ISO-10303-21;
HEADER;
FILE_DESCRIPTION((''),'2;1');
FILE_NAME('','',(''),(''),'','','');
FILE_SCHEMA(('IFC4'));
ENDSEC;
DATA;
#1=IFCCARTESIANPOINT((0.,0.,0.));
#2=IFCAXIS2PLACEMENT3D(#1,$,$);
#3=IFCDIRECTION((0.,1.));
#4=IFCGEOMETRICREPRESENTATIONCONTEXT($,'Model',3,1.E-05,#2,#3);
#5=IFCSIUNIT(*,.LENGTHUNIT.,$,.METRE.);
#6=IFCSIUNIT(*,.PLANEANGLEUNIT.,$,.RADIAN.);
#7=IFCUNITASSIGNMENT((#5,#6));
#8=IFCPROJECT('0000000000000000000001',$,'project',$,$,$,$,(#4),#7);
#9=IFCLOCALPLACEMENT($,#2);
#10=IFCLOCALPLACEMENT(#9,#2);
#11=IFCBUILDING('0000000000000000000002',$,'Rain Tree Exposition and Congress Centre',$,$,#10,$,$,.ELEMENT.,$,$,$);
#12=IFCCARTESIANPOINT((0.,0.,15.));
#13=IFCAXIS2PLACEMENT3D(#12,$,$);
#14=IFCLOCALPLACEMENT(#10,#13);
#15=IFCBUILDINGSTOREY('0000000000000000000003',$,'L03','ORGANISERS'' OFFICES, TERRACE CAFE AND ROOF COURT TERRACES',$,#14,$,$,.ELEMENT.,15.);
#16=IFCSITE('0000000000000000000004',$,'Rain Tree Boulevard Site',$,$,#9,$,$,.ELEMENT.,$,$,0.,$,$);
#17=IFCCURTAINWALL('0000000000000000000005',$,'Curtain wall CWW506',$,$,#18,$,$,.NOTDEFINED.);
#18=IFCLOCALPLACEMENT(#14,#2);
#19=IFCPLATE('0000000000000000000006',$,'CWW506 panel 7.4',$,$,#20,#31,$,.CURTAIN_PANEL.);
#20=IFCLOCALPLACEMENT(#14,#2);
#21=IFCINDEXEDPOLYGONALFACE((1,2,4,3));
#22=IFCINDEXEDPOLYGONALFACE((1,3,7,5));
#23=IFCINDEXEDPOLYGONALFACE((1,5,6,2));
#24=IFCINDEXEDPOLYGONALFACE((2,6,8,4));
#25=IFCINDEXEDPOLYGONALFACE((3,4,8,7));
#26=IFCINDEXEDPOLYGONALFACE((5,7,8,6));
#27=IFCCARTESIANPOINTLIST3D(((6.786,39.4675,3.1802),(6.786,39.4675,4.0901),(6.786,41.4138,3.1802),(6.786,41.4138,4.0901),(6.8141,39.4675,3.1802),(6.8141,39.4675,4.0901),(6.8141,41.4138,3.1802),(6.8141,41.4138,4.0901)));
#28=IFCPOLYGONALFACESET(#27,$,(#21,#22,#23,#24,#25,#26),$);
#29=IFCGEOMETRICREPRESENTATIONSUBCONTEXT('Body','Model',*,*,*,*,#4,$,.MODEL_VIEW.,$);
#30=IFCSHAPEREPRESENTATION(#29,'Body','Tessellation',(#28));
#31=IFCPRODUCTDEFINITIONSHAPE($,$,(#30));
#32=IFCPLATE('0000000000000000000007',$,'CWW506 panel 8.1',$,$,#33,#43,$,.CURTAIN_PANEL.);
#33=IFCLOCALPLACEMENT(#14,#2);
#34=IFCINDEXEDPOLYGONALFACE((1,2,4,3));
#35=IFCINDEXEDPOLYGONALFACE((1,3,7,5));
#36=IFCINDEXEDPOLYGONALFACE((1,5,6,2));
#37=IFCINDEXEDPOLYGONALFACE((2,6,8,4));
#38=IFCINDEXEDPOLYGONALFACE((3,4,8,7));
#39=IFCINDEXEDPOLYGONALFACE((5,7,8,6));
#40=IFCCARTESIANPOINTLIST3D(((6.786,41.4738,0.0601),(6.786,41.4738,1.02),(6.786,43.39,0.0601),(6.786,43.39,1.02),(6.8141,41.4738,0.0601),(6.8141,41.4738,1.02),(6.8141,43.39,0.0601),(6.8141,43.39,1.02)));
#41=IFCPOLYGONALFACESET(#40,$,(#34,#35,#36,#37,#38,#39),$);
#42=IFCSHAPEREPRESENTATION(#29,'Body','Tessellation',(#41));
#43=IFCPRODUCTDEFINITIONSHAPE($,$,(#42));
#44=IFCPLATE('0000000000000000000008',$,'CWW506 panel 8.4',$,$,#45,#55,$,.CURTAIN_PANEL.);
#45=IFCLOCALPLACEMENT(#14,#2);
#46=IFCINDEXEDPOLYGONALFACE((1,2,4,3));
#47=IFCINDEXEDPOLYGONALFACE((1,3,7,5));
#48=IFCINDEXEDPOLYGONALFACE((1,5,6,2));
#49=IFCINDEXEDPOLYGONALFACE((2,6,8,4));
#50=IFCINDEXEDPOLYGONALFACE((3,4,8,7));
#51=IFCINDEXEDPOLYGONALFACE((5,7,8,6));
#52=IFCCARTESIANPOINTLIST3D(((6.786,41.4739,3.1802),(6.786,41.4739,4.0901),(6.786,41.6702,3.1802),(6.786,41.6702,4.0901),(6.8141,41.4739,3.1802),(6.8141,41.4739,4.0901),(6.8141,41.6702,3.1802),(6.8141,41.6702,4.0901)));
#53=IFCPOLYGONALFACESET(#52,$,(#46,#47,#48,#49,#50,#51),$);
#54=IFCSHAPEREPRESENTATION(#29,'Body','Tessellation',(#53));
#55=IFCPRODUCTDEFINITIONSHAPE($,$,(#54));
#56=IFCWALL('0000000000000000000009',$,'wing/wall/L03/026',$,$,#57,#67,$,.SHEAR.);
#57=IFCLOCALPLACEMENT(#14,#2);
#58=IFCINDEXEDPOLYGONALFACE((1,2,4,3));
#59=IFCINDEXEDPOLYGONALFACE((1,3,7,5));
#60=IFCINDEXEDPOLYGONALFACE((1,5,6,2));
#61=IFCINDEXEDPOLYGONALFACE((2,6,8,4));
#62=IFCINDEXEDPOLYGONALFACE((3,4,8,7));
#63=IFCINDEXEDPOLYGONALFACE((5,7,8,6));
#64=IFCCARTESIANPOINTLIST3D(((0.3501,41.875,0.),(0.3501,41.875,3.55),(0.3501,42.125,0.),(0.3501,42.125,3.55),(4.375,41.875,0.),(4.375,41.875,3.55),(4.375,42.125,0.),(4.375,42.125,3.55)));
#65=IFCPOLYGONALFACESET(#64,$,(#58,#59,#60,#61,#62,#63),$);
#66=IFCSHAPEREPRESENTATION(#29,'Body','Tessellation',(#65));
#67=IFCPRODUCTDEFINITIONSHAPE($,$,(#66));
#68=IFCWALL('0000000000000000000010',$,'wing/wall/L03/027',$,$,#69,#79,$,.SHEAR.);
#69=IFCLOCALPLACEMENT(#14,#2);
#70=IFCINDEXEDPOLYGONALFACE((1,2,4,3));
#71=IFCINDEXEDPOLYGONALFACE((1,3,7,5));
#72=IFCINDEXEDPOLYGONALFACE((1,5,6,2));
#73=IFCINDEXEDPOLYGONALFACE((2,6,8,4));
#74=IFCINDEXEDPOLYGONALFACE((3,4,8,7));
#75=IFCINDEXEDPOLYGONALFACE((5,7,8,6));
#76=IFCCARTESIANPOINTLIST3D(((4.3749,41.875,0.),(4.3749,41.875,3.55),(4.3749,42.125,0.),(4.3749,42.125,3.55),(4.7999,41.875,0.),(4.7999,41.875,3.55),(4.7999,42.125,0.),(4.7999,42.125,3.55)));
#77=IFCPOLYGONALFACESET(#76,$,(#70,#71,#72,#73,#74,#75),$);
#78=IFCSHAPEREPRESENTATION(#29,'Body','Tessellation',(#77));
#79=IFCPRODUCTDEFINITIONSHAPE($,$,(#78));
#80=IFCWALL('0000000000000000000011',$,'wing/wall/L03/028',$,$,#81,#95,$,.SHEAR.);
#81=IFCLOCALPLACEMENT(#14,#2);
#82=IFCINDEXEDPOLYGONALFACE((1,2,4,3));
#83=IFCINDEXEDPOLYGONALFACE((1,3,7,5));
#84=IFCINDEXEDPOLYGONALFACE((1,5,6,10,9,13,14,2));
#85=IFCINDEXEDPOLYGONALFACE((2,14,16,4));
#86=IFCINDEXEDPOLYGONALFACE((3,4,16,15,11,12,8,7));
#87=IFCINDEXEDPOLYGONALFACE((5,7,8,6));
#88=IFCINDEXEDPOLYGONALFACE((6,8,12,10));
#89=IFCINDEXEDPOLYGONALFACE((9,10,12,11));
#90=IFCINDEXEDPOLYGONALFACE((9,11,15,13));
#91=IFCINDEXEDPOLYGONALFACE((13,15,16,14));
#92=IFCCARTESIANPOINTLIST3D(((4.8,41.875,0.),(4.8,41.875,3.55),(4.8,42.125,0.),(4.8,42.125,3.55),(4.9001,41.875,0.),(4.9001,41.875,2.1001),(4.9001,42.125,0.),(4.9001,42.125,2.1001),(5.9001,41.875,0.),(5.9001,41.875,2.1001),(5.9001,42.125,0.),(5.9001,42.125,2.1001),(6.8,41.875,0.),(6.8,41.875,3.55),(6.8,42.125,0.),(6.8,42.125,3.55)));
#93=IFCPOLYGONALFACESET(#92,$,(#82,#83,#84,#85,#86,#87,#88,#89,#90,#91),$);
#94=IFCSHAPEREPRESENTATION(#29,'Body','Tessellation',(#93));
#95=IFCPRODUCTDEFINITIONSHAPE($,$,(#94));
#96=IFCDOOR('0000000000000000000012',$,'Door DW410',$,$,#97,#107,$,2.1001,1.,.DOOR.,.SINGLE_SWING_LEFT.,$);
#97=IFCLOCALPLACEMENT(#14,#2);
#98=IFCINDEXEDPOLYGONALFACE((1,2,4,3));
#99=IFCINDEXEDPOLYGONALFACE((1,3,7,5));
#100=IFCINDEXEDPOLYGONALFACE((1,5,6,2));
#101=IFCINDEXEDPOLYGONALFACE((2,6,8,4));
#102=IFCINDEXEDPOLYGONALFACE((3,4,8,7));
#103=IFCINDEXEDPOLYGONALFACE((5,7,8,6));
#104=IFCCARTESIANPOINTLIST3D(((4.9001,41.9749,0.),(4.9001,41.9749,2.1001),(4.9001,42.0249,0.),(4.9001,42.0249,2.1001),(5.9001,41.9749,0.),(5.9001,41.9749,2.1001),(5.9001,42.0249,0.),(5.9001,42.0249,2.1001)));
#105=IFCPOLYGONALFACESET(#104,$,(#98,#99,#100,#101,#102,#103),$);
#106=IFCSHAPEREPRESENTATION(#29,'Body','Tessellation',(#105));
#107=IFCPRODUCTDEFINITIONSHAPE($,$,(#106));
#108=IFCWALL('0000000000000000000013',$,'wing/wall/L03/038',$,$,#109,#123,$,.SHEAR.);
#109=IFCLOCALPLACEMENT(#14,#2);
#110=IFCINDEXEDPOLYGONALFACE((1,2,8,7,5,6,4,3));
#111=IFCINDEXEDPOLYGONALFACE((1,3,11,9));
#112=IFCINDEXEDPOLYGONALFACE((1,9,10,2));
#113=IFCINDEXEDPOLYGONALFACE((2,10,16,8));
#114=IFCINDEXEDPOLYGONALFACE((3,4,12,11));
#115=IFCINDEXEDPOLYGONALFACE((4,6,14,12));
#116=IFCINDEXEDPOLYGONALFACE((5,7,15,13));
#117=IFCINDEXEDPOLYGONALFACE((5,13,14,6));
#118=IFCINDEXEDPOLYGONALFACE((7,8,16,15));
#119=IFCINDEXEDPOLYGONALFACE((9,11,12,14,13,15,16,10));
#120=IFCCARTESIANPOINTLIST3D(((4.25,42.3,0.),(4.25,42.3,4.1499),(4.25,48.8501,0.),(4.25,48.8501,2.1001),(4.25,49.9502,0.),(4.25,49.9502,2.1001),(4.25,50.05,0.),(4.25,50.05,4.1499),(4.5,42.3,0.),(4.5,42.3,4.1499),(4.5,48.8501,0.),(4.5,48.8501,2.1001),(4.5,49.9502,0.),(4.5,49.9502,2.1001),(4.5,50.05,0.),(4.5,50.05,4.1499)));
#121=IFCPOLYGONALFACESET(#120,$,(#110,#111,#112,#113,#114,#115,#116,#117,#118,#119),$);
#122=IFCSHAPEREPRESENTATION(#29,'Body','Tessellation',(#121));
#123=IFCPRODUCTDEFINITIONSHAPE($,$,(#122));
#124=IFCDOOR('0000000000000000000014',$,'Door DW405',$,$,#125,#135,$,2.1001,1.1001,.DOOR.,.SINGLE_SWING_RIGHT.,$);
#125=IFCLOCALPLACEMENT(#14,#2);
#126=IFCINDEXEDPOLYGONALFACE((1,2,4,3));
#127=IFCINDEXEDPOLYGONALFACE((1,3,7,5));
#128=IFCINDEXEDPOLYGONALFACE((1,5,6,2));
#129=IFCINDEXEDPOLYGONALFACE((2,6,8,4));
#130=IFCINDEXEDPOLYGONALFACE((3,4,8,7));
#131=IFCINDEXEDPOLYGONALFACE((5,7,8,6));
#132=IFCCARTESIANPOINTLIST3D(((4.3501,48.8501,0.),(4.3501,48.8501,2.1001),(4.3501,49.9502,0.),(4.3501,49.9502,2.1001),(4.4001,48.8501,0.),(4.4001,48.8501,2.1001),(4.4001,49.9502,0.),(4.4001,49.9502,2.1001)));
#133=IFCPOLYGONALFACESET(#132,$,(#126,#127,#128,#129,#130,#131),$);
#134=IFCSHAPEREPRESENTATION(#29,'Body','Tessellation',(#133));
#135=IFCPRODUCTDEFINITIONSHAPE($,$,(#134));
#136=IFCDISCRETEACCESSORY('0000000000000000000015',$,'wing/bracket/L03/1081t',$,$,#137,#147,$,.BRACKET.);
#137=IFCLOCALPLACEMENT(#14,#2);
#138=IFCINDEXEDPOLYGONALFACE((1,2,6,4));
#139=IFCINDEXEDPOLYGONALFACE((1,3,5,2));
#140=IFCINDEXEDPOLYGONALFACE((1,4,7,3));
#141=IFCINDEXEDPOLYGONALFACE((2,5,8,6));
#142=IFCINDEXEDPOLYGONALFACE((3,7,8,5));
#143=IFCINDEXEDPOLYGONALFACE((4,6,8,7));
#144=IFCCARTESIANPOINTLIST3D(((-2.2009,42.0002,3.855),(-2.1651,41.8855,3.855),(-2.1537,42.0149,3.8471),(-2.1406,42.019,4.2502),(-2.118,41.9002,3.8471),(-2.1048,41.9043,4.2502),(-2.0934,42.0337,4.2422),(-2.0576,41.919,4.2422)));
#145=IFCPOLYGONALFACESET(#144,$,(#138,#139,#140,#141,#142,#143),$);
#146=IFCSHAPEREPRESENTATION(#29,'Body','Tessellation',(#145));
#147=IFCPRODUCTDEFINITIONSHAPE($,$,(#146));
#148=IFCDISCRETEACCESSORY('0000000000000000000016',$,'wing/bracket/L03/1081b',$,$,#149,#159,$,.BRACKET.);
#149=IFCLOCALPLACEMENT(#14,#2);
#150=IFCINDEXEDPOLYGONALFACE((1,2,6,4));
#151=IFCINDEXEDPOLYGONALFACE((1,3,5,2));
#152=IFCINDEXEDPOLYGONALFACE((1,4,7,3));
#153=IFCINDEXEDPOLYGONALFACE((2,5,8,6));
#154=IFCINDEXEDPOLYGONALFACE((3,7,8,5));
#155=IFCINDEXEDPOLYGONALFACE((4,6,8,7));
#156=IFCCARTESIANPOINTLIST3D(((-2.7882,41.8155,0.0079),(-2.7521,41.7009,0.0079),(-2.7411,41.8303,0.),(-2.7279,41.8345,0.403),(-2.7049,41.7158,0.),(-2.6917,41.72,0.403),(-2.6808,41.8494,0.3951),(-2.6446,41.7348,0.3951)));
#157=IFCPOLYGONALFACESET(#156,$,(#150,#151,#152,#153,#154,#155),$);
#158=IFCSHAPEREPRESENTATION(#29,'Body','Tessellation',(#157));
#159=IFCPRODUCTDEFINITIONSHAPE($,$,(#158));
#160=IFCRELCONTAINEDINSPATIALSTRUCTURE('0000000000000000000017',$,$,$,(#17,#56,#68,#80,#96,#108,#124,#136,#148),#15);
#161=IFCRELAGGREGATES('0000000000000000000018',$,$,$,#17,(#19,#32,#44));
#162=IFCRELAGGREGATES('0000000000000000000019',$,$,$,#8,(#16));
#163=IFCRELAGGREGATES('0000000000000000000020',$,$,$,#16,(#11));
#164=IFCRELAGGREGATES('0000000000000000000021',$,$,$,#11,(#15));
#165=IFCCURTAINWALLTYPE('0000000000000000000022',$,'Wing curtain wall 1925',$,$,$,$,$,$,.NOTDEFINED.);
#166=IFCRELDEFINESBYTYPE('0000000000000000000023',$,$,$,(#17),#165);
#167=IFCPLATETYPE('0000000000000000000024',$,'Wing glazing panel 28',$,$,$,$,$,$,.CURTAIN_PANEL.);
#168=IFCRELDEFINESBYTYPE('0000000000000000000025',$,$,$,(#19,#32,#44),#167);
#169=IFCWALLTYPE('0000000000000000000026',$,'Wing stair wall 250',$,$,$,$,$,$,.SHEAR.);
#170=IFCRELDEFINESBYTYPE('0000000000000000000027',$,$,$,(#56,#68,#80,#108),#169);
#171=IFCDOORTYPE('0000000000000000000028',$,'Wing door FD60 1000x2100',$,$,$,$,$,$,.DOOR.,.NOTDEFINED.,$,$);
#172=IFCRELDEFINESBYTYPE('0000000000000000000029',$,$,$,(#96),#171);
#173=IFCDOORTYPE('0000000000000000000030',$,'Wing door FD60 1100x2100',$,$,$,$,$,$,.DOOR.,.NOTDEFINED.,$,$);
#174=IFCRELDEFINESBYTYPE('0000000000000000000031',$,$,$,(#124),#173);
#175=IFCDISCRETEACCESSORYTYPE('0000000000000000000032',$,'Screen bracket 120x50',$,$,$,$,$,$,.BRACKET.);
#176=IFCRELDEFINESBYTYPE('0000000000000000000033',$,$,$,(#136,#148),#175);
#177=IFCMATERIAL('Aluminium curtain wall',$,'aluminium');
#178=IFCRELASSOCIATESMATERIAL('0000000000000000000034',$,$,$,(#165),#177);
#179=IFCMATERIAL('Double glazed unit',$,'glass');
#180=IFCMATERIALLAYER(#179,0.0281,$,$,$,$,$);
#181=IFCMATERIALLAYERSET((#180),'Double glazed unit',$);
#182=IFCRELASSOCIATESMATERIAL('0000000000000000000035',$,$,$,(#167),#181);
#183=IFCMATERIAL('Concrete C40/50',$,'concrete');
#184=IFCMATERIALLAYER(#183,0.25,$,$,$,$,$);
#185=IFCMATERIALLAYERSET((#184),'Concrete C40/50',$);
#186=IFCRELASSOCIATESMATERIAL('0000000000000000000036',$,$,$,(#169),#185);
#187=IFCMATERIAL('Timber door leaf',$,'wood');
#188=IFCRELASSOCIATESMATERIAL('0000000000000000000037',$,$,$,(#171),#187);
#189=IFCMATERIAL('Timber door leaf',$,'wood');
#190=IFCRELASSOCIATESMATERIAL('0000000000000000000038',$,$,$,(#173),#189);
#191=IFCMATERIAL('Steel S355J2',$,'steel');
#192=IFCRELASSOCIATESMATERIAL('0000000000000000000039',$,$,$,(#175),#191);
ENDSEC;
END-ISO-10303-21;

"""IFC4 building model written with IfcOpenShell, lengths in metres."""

from ifc_helpers import new_model, si_unit, direction, frame, frame_2d, origin, origin_2d, place, context, subcontext, project, spatial, rectangle, extrude, material, layer, layer_set, material_profile, profile_set, type_object, element, fill, aggregate, save


model = new_model("IFC4")

# Units and contexts
model_context = context("Model", 3, precision=1e-05, world=origin(), true_north=direction((0.0, 1.0)))
body_context = subcontext(model_context, "Body", "Model", "MODEL_VIEW")
ifc_project = project(units=[si_unit("LENGTHUNIT", "METRE"), si_unit("PLANEANGLEUNIT", "RADIAN")], contexts=[model_context])

# Site, building, storey
site_placement = place(None, origin())
site = spatial("IfcSite", under=ifc_project, at=site_placement, Name="Rain Tree Boulevard Site", CompositionType="ELEMENT", RefElevation=0.0)
building_placement = place(site_placement, origin())
building = spatial("IfcBuilding", under=site, at=building_placement, Name="Rain Tree Exposition and Congress Centre", CompositionType="ELEMENT")
storey_placement = place(building_placement, frame((0.0, 0.0, 15.0)))
storey = spatial("IfcBuildingStorey", under=building, at=storey_placement, Name="L03", Description="ORGANISERS' OFFICES, TERRACE CAFE AND ROOF COURT TERRACES", CompositionType="ELEMENT", Elevation=15.0)

# Shared definitions
ifc_material_1 = material(Name="Aluminium curtain wall", Category="aluminium")
curtain_wall_type = type_object("IfcCurtainWallType", Name="Wing curtain wall 1925", PredefinedType="NOTDEFINED", material=ifc_material_1)

# Curtain wall
curtain_wall_1_placement = place(storey_placement, origin())
curtain_wall_1 = element("IfcCurtainWall", 1, at=curtain_wall_1_placement, inside=storey, type_object=curtain_wall_type, Name="Curtain wall CWW506", PredefinedType="NOTDEFINED")

# Plates
ifc_material_2 = material(Name="Double glazed unit", Category="glass")
ifc_layer_1 = layer(ifc_material_2, 0.0281)
ifc_layer_set_1 = layer_set([ifc_layer_1], Name="Double glazed unit")
plate_type = type_object("IfcPlateType", Name="Wing glazing panel 28", PredefinedType="CURTAIN_PANEL", material=ifc_layer_set_1)
plate_1_placement = place(storey_placement, frame((6.8, 40.4407, 3.1802), z_axis=(0.0, 0.0, 1.0), x_axis=(0.0, 1.0, 0.0)))
plate_1 = element("IfcPlate", 2, at=plate_1_placement, type_object=plate_type, Name="CWW506 panel 7.4", PredefinedType="CURTAIN_PANEL", context=body_context, shape_type="SweptSolid", body=[
    extrude(rectangle(XDim=1.9463, YDim=0.0281, at=origin_2d()), origin(), (0.0, 0.0, 1.0), 0.9099),
])
plate_2_placement = place(storey_placement, frame((6.8, 42.4319, 0.0601), z_axis=(0.0, 0.0, 1.0), x_axis=(0.0, 1.0, 0.0)))
plate_2 = element("IfcPlate", 3, at=plate_2_placement, type_object=plate_type, Name="CWW506 panel 8.1", PredefinedType="CURTAIN_PANEL", context=body_context, shape_type="SweptSolid", body=[
    extrude(rectangle(XDim=1.9163, YDim=0.0281, at=origin_2d()), origin(), (0.0, 0.0, 1.0), 0.96),
])
plate_3_placement = place(storey_placement, frame((6.8, 41.572, 3.1802), z_axis=(0.0, 0.0, 1.0), x_axis=(0.0, 1.0, 0.0)))
plate_3 = element("IfcPlate", 4, at=plate_3_placement, type_object=plate_type, Name="CWW506 panel 8.4", PredefinedType="CURTAIN_PANEL", context=body_context, shape_type="SweptSolid", body=[
    extrude(rectangle(XDim=0.1963, YDim=0.0281, at=origin_2d()), origin(), (0.0, 0.0, 1.0), 0.9099),
])
aggregate(curtain_wall_1, [plate_1, plate_2, plate_3])

# Walls
ifc_material_3 = material(Name="Concrete C40/50", Category="concrete")
ifc_layer_2 = layer(ifc_material_3, 0.25)
ifc_layer_set_2 = layer_set([ifc_layer_2], Name="Concrete C40/50")
wall_type_1 = type_object("IfcWallType", Name="Wing stair wall 250", PredefinedType="SHEAR", material=ifc_layer_set_2)
wall_1_placement = place(storey_placement, frame((0.3501, 42.0, 0.0), z_axis=(0.0, 0.0, 1.0), x_axis=(1.0, 0.0, 0.0)))
element("IfcWall", 5, at=wall_1_placement, inside=storey, type_object=wall_type_1, Name="wing/wall/L03/026", PredefinedType="SHEAR", context=body_context, shape_type="SweptSolid", body=[
    extrude(rectangle(XDim=4.0249, YDim=0.25, at=frame_2d((2.0125, 0.0))), origin(), (0.0, 0.0, 1.0), 3.55),
])
wall_2_placement = place(storey_placement, frame((4.375, 42.0, 0.0), z_axis=(0.0, 0.0, 1.0), x_axis=(1.0, 0.0, 0.0)))
element("IfcWall", 6, at=wall_2_placement, inside=storey, type_object=wall_type_1, Name="wing/wall/L03/027", PredefinedType="SHEAR", context=body_context, shape_type="SweptSolid", body=[
    extrude(rectangle(XDim=0.425, YDim=0.25, at=frame_2d((0.2124, 0.0))), origin(), (0.0, 0.0, 1.0), 3.55),
])

# Walls, openings, doors
wall_3_placement = place(storey_placement, frame((4.8, 42.0, 0.0), z_axis=(0.0, 0.0, 1.0), x_axis=(1.0, 0.0, 0.0)))
wall_3 = element("IfcWall", 7, at=wall_3_placement, inside=storey, type_object=wall_type_1, Name="wing/wall/L03/028", PredefinedType="SHEAR", context=body_context, shape_type="SweptSolid", body=[
    extrude(rectangle(XDim=2.0, YDim=0.25, at=frame_2d((1.0, 0.0))), origin(), (0.0, 0.0, 1.0), 3.55),
])
opening_1_placement = place(wall_3_placement, frame((0.1001, 0.0, 0.0)))
opening_1 = element("IfcOpeningElement", 8, at=opening_1_placement, cuts=wall_3, PredefinedType="OPENING", context=body_context, shape_type="SweptSolid", body=[
    extrude(rectangle(XDim=1.0, YDim=2.1001, at=frame_2d((0.5, 1.05))), frame((0.0, 0.125, 0.0), z_axis=(0.0, -1.0, 0.0), x_axis=(1.0, 0.0, 0.0)), (0.0, 0.0, 1.0), 0.25),
])
ifc_material_4 = material(Name="Timber door leaf", Category="wood")
door_type_1 = type_object("IfcDoorType", Name="Wing door FD60 1000x2100", OperationType="NOTDEFINED", PredefinedType="DOOR", material=ifc_material_4)
door_1_placement = place(opening_1_placement, origin())
door_1 = element("IfcDoor", 9, at=door_1_placement, inside=storey, type_object=door_type_1, Name="Door DW410", OperationType="SINGLE_SWING_LEFT", OverallHeight=2.1001, OverallWidth=1.0, PredefinedType="DOOR", context=body_context, shape_type="SweptSolid", body=[
    extrude(rectangle(XDim=1.0, YDim=2.1001, at=frame_2d((0.5, 1.05))), frame((0.0, 0.0249, 0.0), z_axis=(0.0, -1.0, 0.0), x_axis=(1.0, 0.0, 0.0)), (0.0, 0.0, 1.0), 0.05),
])
fill(opening_1, door_1)
wall_4_placement = place(storey_placement, frame((4.375, 42.3, 0.0), z_axis=(0.0, 0.0, 1.0), x_axis=(0.0, 1.0, 0.0)))
wall_4 = element("IfcWall", 10, at=wall_4_placement, inside=storey, type_object=wall_type_1, Name="wing/wall/L03/038", PredefinedType="SHEAR", context=body_context, shape_type="SweptSolid", body=[
    extrude(rectangle(XDim=7.75, YDim=0.25, at=frame_2d((3.875, 0.0))), origin(), (0.0, 0.0, 1.0), 4.1499),
])
opening_2_placement = place(wall_4_placement, frame((6.55, 0.0, 0.0)))
opening_2 = element("IfcOpeningElement", 11, at=opening_2_placement, cuts=wall_4, PredefinedType="OPENING", context=body_context, shape_type="SweptSolid", body=[
    extrude(rectangle(XDim=1.1001, YDim=2.1001, at=frame_2d((0.55, 1.05))), frame((0.0, 0.125, 0.0), z_axis=(0.0, -1.0, 0.0), x_axis=(1.0, 0.0, 0.0)), (0.0, 0.0, 1.0), 0.25),
])
ifc_material_5 = material(Name="Timber door leaf", Category="wood")
door_type_2 = type_object("IfcDoorType", Name="Wing door FD60 1100x2100", OperationType="NOTDEFINED", PredefinedType="DOOR", material=ifc_material_5)
door_2_placement = place(opening_2_placement, origin())
door_2 = element("IfcDoor", 12, at=door_2_placement, inside=storey, type_object=door_type_2, Name="Door DW405", OperationType="SINGLE_SWING_RIGHT", OverallHeight=2.1001, OverallWidth=1.1001, PredefinedType="DOOR", context=body_context, shape_type="SweptSolid", body=[
    extrude(rectangle(XDim=1.1001, YDim=2.1001, at=frame_2d((0.55, 1.05))), frame((0.0, 0.0249, 0.0), z_axis=(0.0, -1.0, 0.0), x_axis=(1.0, 0.0, 0.0)), (0.0, 0.0, 1.0), 0.05),
])
fill(opening_2, door_2)

# Discrete accessories
ifc_material_6 = material(Name="Steel S355J2", Category="steel")
ifc_material_profile_1 = material_profile(ifc_material_6, rectangle(XDim=0.1201, YDim=0.05, at=origin_2d()), Name="Flat bar 120x50")
ifc_profile_set_1 = profile_set([ifc_material_profile_1], Name="Steel S355J2")
discrete_accessory_type = type_object("IfcDiscreteAccessoryType", Name="Screen bracket 120x50", PredefinedType="BRACKET", material=ifc_profile_set_1)
for number, where, z_axis, x_axis, name in (
    (13, (-2.1594, 41.9502, 3.8511), (0.150743, 0.046993, 0.987456), (-0.297615, 0.954686, 0.0), "wing/bracket/L03/1081t"),
    (14, (-2.7466, 41.7656, 0.0039), (0.150738, 0.047602, 0.987427), (-0.301131, 0.953583, 0.0), "wing/bracket/L03/1081b"),
):
    element("IfcDiscreteAccessory", number, at=place(storey_placement, frame(where, z_axis=z_axis, x_axis=x_axis)), inside=storey, type_object=discrete_accessory_type, Name=name, PredefinedType="BRACKET", context=body_context, shape_type="SweptSolid", body=[
        extrude(rectangle(XDim=0.1201, YDim=0.05, at=origin_2d()), origin(), (0.0, 0.0, 1.0), 0.4001),
    ])

save(model, "model.ifc")
